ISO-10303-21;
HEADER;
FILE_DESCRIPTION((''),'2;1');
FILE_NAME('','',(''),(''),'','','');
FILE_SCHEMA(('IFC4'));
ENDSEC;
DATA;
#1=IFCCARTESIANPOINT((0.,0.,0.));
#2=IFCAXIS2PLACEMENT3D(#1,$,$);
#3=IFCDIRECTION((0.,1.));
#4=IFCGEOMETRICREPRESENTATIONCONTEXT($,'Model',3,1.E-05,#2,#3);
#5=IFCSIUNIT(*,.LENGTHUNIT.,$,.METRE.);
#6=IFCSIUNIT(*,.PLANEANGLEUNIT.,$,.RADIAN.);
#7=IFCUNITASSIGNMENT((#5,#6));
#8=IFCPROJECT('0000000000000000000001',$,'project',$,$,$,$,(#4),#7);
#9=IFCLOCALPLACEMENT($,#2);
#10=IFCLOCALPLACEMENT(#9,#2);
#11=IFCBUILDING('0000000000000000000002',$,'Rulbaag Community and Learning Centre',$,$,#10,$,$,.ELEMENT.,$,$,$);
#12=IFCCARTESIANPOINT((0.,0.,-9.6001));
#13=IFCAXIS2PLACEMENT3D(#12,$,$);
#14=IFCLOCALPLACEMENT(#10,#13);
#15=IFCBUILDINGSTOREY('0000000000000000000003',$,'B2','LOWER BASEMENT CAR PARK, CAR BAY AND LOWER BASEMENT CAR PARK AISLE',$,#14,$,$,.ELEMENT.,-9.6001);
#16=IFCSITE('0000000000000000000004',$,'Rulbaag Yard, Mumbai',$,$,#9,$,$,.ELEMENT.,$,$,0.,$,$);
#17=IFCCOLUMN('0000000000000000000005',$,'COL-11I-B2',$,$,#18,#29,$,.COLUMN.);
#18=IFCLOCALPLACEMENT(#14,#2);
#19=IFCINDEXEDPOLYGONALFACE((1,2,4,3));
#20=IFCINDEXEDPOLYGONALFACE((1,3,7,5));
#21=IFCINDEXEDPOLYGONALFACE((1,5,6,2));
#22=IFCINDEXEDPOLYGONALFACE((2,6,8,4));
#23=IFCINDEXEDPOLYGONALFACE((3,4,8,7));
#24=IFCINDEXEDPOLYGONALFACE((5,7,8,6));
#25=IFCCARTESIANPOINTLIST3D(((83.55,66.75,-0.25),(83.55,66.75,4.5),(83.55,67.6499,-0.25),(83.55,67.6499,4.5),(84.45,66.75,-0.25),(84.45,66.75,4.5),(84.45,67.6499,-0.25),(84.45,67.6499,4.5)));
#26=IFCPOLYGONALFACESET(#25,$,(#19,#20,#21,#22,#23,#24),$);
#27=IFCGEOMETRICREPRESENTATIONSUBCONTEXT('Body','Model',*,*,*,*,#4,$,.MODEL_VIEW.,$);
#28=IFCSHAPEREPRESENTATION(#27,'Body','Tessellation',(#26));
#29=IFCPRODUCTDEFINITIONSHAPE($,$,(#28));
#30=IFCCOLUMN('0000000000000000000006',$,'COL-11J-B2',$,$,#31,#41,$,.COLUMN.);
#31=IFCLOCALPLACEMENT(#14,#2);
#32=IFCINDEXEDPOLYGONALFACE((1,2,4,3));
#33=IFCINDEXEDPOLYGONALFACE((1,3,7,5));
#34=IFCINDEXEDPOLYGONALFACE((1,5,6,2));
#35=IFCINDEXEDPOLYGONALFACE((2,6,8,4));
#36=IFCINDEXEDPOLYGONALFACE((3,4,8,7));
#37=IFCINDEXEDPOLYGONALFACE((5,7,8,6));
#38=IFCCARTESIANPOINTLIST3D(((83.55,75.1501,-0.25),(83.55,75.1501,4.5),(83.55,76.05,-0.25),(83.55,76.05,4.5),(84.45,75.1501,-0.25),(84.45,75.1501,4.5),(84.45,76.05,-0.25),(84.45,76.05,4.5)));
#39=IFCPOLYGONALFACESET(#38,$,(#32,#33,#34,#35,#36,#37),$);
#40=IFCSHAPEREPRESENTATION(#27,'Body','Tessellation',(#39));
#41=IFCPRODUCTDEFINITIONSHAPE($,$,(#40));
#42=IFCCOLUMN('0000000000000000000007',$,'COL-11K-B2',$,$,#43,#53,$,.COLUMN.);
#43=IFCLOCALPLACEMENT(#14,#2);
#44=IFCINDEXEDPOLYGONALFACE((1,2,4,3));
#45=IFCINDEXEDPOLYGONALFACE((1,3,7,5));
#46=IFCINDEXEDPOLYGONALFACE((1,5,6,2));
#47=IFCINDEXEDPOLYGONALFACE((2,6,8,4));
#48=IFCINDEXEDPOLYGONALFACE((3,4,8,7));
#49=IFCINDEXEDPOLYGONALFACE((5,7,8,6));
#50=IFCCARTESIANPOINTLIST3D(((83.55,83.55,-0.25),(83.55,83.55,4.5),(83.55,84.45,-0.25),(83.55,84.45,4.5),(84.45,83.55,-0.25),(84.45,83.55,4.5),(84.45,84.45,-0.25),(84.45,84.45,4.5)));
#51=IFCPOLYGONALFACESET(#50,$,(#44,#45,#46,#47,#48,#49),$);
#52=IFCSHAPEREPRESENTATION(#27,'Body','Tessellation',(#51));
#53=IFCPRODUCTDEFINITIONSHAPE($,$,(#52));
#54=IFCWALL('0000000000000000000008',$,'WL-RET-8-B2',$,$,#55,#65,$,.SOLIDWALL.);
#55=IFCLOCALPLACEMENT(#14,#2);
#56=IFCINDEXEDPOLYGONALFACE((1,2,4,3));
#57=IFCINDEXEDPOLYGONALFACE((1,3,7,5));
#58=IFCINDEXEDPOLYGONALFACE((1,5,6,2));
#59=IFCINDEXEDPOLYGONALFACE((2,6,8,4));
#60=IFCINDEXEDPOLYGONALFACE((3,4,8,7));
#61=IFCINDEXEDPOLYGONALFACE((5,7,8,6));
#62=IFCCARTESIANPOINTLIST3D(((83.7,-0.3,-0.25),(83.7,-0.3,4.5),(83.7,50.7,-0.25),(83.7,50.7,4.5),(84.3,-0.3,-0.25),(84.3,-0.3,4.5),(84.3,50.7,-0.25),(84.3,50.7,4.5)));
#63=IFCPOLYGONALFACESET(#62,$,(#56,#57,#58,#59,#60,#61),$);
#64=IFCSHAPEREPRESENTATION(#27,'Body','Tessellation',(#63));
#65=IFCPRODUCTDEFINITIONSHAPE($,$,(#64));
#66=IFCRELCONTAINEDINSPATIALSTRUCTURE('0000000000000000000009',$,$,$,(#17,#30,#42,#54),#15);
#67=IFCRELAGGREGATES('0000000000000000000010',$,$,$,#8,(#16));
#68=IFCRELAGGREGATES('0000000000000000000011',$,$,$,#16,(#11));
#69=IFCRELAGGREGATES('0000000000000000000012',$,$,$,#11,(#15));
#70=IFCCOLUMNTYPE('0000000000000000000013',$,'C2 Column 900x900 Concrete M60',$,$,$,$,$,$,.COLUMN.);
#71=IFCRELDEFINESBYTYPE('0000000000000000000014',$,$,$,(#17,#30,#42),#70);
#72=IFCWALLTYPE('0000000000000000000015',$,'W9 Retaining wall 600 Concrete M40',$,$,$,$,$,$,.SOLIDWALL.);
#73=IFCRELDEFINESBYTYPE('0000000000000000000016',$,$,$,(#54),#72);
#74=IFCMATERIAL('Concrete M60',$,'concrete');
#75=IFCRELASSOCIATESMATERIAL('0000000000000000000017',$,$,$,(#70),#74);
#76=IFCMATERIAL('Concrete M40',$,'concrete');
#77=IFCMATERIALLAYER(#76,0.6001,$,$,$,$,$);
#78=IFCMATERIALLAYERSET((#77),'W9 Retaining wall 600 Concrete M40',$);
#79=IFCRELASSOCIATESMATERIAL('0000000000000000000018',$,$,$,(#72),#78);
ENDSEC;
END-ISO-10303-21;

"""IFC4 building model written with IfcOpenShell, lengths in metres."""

from ifc_helpers import new_model, si_unit, direction, frame, frame_2d, origin, origin_2d, place, context, subcontext, project, spatial, rectangle, extrude, material, layer, layer_set, material_profile, profile_set, type_object, element, save


model = new_model("IFC4")

# Units and contexts
model_context = context("Model", 3, precision=1e-05, world=origin(), true_north=direction((0.0, 1.0)))
body_context = subcontext(model_context, "Body", "Model", "MODEL_VIEW")
ifc_project = project(units=[si_unit("LENGTHUNIT", "METRE"), si_unit("PLANEANGLEUNIT", "RADIAN")], contexts=[model_context])

# Site, building, storey
site_placement = place(None, origin())
site = spatial("IfcSite", under=ifc_project, at=site_placement, Name="Rulbaag Yard, Mumbai", CompositionType="ELEMENT", RefElevation=0.0)
building_placement = place(site_placement, origin())
building = spatial("IfcBuilding", under=site, at=building_placement, Name="Rulbaag Community and Learning Centre", CompositionType="ELEMENT")
storey_placement = place(building_placement, frame((0.0, 0.0, -9.6001)))
storey = spatial("IfcBuildingStorey", under=building, at=storey_placement, Name="B2", Description="LOWER BASEMENT CAR PARK, CAR BAY AND LOWER BASEMENT CAR PARK AISLE", CompositionType="ELEMENT", Elevation=-9.6001)

# Columns
ifc_material_1 = material(Name="Concrete M60", Category="concrete")
ifc_material_profile_1 = material_profile(ifc_material_1, rectangle(XDim=0.8999, YDim=0.8999, at=origin_2d()), Name="RC900x900")
ifc_profile_set_1 = profile_set([ifc_material_profile_1], Name="Concrete M60")
column_type = type_object("IfcColumnType", Name="C2 Column 900x900 Concrete M60", PredefinedType="COLUMN", material=ifc_profile_set_1)
for number, where, z_axis, x_axis, name in (
    (1, (84.0, 67.2, -0.25), (0.0, 0.0, 1.0), (1.0, 0.0, 0.0), "COL-11I-B2"),
    (2, (84.0, 75.6001, -0.25), (0.0, 0.0, 1.0), (1.0, 0.0, 0.0), "COL-11J-B2"),
    (3, (84.0, 84.0, -0.25), (0.0, 0.0, 1.0), (1.0, 0.0, 0.0), "COL-11K-B2"),
):
    element("IfcColumn", number, at=place(storey_placement, frame(where, z_axis=z_axis, x_axis=x_axis)), inside=storey, type_object=column_type, Name=name, PredefinedType="COLUMN", context=body_context, shape_type="SweptSolid", body=[
        extrude(rectangle(XDim=0.8999, YDim=0.8999, at=origin_2d()), origin(), (0.0, 0.0, 1.0), 4.75),
    ])

# Wall
ifc_material_2 = material(Name="Concrete M40", Category="concrete")
ifc_layer = layer(ifc_material_2, 0.6001)
ifc_layer_set = layer_set([ifc_layer], Name="W9 Retaining wall 600 Concrete M40")
wall_type = type_object("IfcWallType", Name="W9 Retaining wall 600 Concrete M40", PredefinedType="SOLIDWALL", material=ifc_layer_set)
wall_placement = place(storey_placement, frame((84.0, 50.7, -0.25), z_axis=(0.0, 0.0, 1.0), x_axis=(0.0, -1.0, 0.0)))
element("IfcWall", 4, at=wall_placement, inside=storey, type_object=wall_type, Name="WL-RET-8-B2", PredefinedType="SOLIDWALL", context=body_context, shape_type="SweptSolid", body=[
    extrude(rectangle(XDim=51.0, YDim=0.6001, at=frame_2d((25.5, 0.0))), origin(), (0.0, 0.0, 1.0), 4.75),
])

save(model, "model.ifc")
